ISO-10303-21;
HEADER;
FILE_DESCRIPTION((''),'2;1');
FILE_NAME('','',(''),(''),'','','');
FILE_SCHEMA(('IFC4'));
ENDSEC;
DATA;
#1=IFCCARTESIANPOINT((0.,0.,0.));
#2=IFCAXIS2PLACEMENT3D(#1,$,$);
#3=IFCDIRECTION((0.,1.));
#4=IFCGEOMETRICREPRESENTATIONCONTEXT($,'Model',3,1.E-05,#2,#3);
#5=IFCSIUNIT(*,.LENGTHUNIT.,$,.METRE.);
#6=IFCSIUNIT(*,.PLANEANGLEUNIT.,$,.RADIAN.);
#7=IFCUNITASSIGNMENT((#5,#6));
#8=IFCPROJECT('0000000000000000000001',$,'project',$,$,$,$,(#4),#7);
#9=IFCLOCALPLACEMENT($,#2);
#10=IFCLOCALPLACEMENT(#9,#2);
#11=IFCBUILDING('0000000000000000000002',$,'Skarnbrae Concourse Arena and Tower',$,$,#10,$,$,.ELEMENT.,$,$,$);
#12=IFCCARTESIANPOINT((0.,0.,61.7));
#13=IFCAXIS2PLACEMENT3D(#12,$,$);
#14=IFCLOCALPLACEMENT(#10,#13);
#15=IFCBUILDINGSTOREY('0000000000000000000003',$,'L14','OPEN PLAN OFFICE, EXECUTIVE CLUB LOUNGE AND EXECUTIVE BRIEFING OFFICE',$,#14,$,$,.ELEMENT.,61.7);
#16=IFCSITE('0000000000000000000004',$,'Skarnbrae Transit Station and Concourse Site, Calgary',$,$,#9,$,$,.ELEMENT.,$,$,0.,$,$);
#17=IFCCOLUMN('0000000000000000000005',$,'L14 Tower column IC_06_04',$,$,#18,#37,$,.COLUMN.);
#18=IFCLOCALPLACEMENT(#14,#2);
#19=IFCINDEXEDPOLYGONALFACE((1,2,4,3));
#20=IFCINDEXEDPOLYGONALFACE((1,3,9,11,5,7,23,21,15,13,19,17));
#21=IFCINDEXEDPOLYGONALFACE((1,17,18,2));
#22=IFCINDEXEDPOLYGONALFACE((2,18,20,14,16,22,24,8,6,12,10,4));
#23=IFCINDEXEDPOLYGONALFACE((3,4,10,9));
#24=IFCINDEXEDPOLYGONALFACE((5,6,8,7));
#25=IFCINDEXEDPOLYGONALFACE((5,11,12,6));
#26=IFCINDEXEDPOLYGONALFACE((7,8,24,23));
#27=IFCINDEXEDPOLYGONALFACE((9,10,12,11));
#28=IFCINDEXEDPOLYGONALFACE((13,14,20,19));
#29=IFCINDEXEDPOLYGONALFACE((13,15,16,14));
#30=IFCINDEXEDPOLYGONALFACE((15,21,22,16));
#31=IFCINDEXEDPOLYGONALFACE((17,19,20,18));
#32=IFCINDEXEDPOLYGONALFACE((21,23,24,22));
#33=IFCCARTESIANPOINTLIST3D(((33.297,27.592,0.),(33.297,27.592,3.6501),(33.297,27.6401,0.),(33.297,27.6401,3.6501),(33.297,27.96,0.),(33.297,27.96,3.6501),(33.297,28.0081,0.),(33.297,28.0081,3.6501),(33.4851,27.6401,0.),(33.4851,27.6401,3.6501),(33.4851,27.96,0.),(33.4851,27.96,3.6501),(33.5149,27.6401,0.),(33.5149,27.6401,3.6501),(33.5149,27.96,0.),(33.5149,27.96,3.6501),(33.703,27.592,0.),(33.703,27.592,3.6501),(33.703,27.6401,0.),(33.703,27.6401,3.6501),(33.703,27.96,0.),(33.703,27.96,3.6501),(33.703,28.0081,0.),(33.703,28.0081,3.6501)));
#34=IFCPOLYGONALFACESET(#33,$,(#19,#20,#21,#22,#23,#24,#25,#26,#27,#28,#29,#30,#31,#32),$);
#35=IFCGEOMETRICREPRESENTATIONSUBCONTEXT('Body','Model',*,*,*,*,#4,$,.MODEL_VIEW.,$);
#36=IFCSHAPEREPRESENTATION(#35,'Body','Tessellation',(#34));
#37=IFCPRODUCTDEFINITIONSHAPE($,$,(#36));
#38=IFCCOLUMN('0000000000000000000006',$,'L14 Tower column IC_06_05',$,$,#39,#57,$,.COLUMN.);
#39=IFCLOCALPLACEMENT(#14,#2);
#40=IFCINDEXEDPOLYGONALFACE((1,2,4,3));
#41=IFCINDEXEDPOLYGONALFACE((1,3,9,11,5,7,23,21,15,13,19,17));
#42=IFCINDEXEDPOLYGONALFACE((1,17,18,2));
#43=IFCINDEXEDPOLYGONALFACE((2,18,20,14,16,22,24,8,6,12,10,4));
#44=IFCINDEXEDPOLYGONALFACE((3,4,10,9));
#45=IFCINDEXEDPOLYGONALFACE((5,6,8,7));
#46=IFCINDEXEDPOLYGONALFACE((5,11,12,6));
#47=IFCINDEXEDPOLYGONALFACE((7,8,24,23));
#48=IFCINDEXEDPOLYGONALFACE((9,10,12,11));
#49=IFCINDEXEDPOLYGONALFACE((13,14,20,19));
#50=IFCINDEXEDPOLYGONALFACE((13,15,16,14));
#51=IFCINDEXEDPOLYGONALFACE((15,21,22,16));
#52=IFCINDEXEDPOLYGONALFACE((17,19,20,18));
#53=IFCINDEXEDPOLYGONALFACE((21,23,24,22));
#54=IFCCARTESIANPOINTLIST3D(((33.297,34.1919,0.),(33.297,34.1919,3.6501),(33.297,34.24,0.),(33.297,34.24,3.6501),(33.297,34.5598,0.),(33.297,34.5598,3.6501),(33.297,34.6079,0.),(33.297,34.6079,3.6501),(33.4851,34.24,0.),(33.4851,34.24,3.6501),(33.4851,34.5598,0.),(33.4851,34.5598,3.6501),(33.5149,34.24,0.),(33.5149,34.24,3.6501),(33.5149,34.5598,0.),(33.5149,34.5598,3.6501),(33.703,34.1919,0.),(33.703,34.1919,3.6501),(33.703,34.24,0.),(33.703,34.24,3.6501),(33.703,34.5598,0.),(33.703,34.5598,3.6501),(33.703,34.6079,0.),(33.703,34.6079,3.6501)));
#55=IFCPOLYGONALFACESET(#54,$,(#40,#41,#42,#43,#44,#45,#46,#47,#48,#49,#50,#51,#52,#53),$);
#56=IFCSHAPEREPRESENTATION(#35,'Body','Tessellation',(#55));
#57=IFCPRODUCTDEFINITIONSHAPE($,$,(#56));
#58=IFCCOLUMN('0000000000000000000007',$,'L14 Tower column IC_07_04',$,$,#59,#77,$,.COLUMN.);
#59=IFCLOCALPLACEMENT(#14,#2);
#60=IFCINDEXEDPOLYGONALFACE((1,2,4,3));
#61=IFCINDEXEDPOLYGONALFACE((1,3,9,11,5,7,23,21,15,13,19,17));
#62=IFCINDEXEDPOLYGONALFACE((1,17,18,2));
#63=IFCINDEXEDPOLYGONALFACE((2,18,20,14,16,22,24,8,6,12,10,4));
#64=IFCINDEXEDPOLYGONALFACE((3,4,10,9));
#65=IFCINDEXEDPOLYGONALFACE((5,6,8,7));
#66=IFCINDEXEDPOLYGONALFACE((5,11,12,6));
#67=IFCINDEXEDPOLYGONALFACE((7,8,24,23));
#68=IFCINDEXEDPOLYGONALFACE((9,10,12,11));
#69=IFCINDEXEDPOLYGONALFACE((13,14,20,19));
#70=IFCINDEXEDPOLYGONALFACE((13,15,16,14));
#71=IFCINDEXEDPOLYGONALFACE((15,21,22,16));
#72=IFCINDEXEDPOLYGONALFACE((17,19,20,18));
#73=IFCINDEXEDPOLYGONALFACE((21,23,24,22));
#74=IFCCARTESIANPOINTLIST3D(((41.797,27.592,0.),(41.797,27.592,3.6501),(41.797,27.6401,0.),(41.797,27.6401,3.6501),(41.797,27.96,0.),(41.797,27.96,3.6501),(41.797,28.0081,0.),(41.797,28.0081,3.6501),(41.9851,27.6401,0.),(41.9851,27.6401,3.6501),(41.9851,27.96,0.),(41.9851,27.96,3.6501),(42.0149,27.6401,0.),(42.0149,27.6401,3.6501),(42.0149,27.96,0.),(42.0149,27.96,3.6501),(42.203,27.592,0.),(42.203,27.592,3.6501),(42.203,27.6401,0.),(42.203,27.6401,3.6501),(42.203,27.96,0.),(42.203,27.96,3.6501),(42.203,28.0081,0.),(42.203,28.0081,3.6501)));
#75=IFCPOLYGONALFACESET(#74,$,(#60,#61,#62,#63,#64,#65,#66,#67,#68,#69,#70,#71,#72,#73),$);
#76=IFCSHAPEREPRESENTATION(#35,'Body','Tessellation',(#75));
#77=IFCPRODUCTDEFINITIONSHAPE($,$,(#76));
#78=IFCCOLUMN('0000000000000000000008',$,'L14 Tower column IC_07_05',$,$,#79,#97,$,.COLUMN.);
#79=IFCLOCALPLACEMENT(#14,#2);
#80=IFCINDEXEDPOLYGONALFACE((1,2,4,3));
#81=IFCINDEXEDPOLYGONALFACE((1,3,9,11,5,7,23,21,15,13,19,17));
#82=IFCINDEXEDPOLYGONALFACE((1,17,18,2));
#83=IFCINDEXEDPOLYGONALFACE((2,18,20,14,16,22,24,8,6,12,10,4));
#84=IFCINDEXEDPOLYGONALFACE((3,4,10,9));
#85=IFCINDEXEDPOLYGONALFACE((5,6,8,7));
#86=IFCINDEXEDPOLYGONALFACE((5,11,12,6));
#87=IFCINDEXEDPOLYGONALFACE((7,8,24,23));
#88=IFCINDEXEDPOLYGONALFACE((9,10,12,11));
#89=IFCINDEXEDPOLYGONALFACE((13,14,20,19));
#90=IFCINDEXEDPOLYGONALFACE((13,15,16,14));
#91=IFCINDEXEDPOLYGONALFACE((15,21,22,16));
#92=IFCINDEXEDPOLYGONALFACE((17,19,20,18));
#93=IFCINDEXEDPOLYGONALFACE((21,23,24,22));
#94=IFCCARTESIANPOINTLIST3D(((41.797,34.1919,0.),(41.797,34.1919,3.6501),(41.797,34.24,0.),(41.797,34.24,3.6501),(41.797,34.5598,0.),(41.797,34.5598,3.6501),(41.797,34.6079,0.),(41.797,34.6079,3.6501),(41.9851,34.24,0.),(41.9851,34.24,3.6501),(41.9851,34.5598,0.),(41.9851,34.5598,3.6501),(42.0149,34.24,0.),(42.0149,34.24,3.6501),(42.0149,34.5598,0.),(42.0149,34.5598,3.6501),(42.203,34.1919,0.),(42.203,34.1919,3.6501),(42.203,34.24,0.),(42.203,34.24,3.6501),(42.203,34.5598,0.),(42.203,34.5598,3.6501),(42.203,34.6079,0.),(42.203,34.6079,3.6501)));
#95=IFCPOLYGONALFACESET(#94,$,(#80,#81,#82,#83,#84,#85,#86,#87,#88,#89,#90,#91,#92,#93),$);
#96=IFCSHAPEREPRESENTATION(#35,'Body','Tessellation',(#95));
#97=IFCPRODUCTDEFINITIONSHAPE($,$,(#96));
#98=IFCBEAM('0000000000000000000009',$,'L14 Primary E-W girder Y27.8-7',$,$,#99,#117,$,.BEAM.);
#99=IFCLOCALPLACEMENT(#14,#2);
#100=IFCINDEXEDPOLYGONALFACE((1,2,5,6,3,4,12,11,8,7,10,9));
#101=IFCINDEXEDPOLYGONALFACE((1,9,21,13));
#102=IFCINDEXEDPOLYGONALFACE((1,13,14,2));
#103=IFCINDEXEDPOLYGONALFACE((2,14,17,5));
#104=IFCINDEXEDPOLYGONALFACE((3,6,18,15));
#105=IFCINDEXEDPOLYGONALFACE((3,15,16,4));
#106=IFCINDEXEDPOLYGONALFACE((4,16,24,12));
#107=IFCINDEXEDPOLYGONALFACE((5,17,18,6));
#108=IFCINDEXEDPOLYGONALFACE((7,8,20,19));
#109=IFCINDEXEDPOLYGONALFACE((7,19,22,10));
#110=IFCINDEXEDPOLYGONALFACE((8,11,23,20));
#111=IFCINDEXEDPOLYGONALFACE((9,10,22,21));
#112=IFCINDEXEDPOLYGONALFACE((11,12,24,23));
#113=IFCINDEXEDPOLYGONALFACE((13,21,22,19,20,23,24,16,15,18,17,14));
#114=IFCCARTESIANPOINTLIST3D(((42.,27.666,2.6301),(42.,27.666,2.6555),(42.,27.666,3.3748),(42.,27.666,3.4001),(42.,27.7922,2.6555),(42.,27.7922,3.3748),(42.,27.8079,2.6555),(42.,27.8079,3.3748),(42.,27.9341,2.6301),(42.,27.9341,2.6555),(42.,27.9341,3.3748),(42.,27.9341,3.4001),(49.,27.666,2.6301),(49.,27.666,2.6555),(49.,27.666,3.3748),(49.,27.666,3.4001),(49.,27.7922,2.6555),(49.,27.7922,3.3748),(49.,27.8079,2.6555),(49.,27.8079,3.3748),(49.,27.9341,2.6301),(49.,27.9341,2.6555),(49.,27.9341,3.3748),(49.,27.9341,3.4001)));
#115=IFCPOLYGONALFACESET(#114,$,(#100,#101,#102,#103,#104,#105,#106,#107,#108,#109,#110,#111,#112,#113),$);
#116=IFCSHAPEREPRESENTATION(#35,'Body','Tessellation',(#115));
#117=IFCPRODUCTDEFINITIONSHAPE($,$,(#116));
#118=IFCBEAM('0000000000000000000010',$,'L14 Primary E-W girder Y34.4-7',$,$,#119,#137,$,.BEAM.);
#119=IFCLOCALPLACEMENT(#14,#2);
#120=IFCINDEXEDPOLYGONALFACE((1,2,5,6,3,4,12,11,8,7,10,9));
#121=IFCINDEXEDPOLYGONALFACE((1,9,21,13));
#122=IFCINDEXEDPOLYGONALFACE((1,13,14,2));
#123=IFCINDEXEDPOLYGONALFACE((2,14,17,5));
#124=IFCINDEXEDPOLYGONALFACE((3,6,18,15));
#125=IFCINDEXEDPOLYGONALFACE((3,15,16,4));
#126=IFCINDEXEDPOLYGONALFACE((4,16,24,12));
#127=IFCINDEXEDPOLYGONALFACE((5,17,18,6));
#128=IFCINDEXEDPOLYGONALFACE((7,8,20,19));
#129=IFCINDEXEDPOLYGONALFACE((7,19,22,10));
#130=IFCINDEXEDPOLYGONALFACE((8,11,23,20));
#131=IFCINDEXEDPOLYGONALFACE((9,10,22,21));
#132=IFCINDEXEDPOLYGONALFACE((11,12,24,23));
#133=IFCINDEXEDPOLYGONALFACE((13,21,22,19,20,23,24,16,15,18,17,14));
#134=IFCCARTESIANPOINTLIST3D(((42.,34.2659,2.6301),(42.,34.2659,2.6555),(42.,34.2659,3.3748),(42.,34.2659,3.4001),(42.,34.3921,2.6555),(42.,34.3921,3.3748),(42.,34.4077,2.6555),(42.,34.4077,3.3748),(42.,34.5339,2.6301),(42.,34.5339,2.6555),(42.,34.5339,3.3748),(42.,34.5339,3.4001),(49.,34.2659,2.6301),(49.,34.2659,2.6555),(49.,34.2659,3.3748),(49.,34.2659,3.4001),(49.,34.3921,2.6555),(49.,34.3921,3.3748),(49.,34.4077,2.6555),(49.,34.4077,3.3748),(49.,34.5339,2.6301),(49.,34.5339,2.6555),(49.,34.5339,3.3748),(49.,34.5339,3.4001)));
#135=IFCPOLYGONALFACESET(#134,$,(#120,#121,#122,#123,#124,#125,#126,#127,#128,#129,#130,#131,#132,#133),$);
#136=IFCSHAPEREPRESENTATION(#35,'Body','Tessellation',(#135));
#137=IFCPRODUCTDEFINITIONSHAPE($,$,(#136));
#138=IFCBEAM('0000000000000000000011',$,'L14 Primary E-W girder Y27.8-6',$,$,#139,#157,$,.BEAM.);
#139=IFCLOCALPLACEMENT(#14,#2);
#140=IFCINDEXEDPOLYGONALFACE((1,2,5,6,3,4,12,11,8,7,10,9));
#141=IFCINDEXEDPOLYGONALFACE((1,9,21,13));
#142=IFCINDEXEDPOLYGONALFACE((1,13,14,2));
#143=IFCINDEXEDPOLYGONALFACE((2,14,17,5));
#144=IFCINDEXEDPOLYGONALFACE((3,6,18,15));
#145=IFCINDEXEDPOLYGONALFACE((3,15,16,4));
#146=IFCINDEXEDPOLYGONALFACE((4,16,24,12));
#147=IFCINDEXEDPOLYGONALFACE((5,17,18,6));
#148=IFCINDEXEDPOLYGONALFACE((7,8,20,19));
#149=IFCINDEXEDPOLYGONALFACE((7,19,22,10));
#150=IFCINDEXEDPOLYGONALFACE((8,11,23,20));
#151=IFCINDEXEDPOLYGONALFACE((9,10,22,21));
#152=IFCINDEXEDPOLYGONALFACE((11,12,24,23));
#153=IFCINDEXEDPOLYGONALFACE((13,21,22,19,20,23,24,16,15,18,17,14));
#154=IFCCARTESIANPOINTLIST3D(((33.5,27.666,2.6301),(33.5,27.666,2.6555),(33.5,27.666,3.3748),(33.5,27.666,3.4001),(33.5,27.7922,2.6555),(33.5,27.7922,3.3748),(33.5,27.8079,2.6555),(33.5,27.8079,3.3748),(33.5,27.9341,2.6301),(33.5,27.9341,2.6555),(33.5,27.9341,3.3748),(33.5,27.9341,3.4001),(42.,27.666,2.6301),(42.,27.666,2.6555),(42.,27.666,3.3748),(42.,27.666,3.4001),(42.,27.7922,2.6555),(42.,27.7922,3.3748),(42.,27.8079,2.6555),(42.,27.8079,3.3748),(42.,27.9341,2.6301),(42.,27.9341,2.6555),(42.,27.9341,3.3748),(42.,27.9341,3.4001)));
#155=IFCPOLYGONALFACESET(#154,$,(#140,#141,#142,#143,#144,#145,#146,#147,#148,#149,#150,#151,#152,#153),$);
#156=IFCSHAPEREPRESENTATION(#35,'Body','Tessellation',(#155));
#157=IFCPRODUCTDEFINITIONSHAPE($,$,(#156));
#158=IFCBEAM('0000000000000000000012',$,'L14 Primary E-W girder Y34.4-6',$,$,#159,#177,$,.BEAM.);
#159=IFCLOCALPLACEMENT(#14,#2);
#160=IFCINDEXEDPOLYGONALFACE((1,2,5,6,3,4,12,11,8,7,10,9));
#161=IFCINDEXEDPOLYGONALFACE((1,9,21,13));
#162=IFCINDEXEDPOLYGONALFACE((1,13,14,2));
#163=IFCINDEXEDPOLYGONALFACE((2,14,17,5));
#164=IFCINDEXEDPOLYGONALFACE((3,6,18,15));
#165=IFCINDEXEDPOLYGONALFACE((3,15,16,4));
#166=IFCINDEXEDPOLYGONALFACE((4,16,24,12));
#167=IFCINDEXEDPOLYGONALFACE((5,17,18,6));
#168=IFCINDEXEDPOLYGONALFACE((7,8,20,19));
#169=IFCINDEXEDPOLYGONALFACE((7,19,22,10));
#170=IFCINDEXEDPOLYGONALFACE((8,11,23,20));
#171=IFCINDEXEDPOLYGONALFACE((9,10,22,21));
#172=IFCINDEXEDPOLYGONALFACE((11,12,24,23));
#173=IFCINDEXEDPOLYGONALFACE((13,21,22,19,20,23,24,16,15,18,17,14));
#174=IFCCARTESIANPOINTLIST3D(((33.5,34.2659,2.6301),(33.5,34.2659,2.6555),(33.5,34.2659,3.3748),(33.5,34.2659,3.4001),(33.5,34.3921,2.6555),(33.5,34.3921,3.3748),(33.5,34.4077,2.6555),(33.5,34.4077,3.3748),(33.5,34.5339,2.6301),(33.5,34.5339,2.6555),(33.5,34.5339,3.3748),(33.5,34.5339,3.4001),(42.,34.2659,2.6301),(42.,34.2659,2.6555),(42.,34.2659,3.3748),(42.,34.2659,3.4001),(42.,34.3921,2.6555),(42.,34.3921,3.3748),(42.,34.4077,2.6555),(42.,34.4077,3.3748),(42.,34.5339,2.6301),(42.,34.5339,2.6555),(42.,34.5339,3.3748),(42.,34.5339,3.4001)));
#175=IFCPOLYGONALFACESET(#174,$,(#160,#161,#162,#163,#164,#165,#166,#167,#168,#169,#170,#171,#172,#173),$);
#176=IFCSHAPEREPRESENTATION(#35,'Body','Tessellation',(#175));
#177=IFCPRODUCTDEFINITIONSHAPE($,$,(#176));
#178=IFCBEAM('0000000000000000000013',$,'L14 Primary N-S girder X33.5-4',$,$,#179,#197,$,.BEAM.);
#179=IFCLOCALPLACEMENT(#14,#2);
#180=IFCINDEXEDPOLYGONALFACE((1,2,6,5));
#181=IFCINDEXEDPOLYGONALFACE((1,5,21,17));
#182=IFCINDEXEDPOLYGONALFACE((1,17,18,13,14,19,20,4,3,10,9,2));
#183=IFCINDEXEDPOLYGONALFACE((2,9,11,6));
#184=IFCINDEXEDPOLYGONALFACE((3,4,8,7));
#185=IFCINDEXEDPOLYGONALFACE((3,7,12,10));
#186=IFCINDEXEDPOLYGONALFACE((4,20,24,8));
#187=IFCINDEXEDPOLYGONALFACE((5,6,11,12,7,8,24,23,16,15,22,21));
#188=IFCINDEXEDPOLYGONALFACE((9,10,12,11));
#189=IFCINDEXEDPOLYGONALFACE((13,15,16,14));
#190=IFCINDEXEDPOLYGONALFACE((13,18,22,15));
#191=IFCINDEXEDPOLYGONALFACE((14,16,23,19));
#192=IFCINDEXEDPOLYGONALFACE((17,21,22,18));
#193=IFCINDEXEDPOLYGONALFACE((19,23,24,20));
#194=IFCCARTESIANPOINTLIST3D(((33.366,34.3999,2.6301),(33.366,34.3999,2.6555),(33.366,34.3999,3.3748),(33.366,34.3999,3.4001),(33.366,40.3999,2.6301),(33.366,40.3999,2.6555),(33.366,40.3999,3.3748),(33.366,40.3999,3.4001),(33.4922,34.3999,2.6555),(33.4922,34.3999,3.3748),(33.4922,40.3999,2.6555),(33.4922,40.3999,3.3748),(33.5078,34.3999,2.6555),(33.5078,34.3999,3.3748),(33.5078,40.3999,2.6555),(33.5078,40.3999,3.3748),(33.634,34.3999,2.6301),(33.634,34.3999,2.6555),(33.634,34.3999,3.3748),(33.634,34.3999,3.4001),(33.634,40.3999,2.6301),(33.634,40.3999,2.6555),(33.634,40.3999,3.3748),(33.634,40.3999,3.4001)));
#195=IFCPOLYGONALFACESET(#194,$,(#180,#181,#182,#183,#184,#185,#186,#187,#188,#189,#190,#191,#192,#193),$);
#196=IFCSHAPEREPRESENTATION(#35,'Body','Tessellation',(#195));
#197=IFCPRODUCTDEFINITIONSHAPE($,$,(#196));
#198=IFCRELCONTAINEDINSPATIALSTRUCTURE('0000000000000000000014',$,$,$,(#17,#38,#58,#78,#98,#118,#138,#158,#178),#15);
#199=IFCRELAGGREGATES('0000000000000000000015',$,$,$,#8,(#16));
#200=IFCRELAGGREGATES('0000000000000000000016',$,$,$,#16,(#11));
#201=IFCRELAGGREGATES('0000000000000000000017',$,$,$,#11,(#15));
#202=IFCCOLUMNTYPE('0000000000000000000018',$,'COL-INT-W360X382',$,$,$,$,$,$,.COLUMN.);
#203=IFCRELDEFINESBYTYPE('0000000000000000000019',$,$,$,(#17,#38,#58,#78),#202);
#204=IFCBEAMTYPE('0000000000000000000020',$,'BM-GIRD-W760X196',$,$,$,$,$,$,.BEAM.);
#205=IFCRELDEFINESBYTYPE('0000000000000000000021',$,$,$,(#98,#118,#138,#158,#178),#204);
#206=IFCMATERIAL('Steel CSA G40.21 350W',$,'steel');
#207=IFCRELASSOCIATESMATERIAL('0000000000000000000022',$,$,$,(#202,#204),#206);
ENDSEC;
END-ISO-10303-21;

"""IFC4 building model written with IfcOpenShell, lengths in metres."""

from ifc_helpers import new_model, si_unit, direction, frame, origin, origin_2d, place, context, subcontext, project, spatial, i_section, extrude, source, transform, mapped, material, material_profile, profile_set, type_object, element, save


model = new_model("IFC4")

# Units and contexts
model_context = context("Model", 3, precision=1e-05, world=origin(), true_north=direction((0.0, 1.0)))
body_context = subcontext(model_context, "Body", "Model", "MODEL_VIEW")
ifc_project = project(units=[si_unit("LENGTHUNIT", "METRE"), si_unit("PLANEANGLEUNIT", "RADIAN")], contexts=[model_context])

# Site, building, storey
site_placement = place(None, origin())
site = spatial("IfcSite", under=ifc_project, at=site_placement, Name="Skarnbrae Transit Station and Concourse Site, Calgary", CompositionType="ELEMENT", RefElevation=0.0)
building_placement = place(site_placement, origin())
building = spatial("IfcBuilding", under=site, at=building_placement, Name="Skarnbrae Concourse Arena and Tower", CompositionType="ELEMENT")
storey_placement = place(building_placement, frame((0.0, 0.0, 61.7)))
storey = spatial("IfcBuildingStorey", under=building, at=storey_placement, Name="L14", Description="OPEN PLAN OFFICE, EXECUTIVE CLUB LOUNGE AND EXECUTIVE BRIEFING OFFICE", CompositionType="ELEMENT", Elevation=61.7)

# Columns
ifc_material_1 = material(Name="Steel CSA G40.21 350W", Category="steel")
ifc_material_profile_1 = material_profile(ifc_material_1, i_section(OverallWidth=0.406, OverallDepth=0.416, WebThickness=0.0298, FlangeThickness=0.0481, at=origin_2d()), Name="W360X382")
ifc_profile_set_1 = profile_set([ifc_material_profile_1], Name="Steel CSA G40.21 350W")
column_type = type_object("IfcColumnType", Name="COL-INT-W360X382", PredefinedType="COLUMN", material=ifc_profile_set_1)
shared_shape_1 = source(origin(), body_context, "Body", "SweptSolid", [
    extrude(i_section(OverallWidth=0.406, OverallDepth=0.416, WebThickness=0.0298, FlangeThickness=0.0481, at=origin_2d()), origin(), (0.0, 0.0, 1.0), 3.6501),
])
for number, where, z_axis, x_axis, name in (
    (1, (33.5, 27.8, 0.0), (0.0, 0.0, 1.0), (1.0, 0.0, 0.0), "L14 Tower column IC_06_04"),
    (2, (33.5, 34.3999, 0.0), (0.0, 0.0, 1.0), (1.0, 0.0, 0.0), "L14 Tower column IC_06_05"),
    (3, (42.0, 27.8, 0.0), (0.0, 0.0, 1.0), (1.0, 0.0, 0.0), "L14 Tower column IC_07_04"),
    (4, (42.0, 34.3999, 0.0), (0.0, 0.0, 1.0), (1.0, 0.0, 0.0), "L14 Tower column IC_07_05"),
):
    element("IfcColumn", number, at=place(storey_placement, frame(where, z_axis=z_axis, x_axis=x_axis)), inside=storey, type_object=column_type, Name=name, PredefinedType="COLUMN", context=body_context, shape_type="MappedRepresentation", body=[
        mapped(shared_shape_1, transform((0.0, 0.0, 0.0))),
    ])

# Beams
ifc_material_profile_2 = material_profile(ifc_material_1, i_section(OverallWidth=0.2681, OverallDepth=0.77, WebThickness=0.0156, FlangeThickness=0.0254, at=origin_2d()), Name="W760X196")
ifc_profile_set_2 = profile_set([ifc_material_profile_2], Name="Steel CSA G40.21 350W")
beam_type_1 = type_object("IfcBeamType", Name="BM-GIRD-W760X196", PredefinedType="BEAM", material=ifc_profile_set_2)
shared_shape_2 = source(origin(), body_context, "Body", "SweptSolid", [
    extrude(i_section(OverallWidth=0.2681, OverallDepth=0.77, WebThickness=0.0156, FlangeThickness=0.0254, at=origin_2d()), origin(), (0.0, 0.0, 1.0), 7.0),
])
for number, where, z_axis, x_axis, name in (
    (5, (42.0, 27.8, 3.0151), (1.0, 0.0, 0.0), (0.0, 1.0, 0.0), "L14 Primary E-W girder Y27.8-7"),
    (6, (42.0, 34.3999, 3.0151), (1.0, 0.0, 0.0), (0.0, 1.0, 0.0), "L14 Primary E-W girder Y34.4-7"),
):
    element("IfcBeam", number, at=place(storey_placement, frame(where, z_axis=z_axis, x_axis=x_axis)), inside=storey, type_object=beam_type_1, Name=name, PredefinedType="BEAM", context=body_context, shape_type="MappedRepresentation", body=[
        mapped(shared_shape_2, transform((0.0, 0.0, 0.0))),
    ])
shared_shape_3 = source(origin(), body_context, "Body", "SweptSolid", [
    extrude(i_section(OverallWidth=0.2681, OverallDepth=0.77, WebThickness=0.0156, FlangeThickness=0.0254, at=origin_2d()), origin(), (0.0, 0.0, 1.0), 8.5),
])
for number, where, z_axis, x_axis, name in (
    (7, (33.5, 27.8, 3.0151), (1.0, 0.0, 0.0), (0.0, 1.0, 0.0), "L14 Primary E-W girder Y27.8-6"),
    (8, (33.5, 34.3999, 3.0151), (1.0, 0.0, 0.0), (0.0, 1.0, 0.0), "L14 Primary E-W girder Y34.4-6"),
):
    element("IfcBeam", number, at=place(storey_placement, frame(where, z_axis=z_axis, x_axis=x_axis)), inside=storey, type_object=beam_type_1, Name=name, PredefinedType="BEAM", context=body_context, shape_type="MappedRepresentation", body=[
        mapped(shared_shape_3, transform((0.0, 0.0, 0.0))),
    ])
shared_shape_4 = source(origin(), body_context, "Body", "SweptSolid", [
    extrude(i_section(OverallWidth=0.2681, OverallDepth=0.77, WebThickness=0.0156, FlangeThickness=0.0254, at=origin_2d()), origin(), (0.0, 0.0, 1.0), 6.0),
])
for number, where, z_axis, x_axis, name in (
    (9, (33.5, 34.3999, 3.0151), (0.0, 1.0, 0.0), (-1.0, 0.0, 0.0), "L14 Primary N-S girder X33.5-4"),
):
    element("IfcBeam", number, at=place(storey_placement, frame(where, z_axis=z_axis, x_axis=x_axis)), inside=storey, type_object=beam_type_1, Name=name, PredefinedType="BEAM", context=body_context, shape_type="MappedRepresentation", body=[
        mapped(shared_shape_4, transform((0.0, 0.0, 0.0))),
    ])

save(model, "model.ifc")
